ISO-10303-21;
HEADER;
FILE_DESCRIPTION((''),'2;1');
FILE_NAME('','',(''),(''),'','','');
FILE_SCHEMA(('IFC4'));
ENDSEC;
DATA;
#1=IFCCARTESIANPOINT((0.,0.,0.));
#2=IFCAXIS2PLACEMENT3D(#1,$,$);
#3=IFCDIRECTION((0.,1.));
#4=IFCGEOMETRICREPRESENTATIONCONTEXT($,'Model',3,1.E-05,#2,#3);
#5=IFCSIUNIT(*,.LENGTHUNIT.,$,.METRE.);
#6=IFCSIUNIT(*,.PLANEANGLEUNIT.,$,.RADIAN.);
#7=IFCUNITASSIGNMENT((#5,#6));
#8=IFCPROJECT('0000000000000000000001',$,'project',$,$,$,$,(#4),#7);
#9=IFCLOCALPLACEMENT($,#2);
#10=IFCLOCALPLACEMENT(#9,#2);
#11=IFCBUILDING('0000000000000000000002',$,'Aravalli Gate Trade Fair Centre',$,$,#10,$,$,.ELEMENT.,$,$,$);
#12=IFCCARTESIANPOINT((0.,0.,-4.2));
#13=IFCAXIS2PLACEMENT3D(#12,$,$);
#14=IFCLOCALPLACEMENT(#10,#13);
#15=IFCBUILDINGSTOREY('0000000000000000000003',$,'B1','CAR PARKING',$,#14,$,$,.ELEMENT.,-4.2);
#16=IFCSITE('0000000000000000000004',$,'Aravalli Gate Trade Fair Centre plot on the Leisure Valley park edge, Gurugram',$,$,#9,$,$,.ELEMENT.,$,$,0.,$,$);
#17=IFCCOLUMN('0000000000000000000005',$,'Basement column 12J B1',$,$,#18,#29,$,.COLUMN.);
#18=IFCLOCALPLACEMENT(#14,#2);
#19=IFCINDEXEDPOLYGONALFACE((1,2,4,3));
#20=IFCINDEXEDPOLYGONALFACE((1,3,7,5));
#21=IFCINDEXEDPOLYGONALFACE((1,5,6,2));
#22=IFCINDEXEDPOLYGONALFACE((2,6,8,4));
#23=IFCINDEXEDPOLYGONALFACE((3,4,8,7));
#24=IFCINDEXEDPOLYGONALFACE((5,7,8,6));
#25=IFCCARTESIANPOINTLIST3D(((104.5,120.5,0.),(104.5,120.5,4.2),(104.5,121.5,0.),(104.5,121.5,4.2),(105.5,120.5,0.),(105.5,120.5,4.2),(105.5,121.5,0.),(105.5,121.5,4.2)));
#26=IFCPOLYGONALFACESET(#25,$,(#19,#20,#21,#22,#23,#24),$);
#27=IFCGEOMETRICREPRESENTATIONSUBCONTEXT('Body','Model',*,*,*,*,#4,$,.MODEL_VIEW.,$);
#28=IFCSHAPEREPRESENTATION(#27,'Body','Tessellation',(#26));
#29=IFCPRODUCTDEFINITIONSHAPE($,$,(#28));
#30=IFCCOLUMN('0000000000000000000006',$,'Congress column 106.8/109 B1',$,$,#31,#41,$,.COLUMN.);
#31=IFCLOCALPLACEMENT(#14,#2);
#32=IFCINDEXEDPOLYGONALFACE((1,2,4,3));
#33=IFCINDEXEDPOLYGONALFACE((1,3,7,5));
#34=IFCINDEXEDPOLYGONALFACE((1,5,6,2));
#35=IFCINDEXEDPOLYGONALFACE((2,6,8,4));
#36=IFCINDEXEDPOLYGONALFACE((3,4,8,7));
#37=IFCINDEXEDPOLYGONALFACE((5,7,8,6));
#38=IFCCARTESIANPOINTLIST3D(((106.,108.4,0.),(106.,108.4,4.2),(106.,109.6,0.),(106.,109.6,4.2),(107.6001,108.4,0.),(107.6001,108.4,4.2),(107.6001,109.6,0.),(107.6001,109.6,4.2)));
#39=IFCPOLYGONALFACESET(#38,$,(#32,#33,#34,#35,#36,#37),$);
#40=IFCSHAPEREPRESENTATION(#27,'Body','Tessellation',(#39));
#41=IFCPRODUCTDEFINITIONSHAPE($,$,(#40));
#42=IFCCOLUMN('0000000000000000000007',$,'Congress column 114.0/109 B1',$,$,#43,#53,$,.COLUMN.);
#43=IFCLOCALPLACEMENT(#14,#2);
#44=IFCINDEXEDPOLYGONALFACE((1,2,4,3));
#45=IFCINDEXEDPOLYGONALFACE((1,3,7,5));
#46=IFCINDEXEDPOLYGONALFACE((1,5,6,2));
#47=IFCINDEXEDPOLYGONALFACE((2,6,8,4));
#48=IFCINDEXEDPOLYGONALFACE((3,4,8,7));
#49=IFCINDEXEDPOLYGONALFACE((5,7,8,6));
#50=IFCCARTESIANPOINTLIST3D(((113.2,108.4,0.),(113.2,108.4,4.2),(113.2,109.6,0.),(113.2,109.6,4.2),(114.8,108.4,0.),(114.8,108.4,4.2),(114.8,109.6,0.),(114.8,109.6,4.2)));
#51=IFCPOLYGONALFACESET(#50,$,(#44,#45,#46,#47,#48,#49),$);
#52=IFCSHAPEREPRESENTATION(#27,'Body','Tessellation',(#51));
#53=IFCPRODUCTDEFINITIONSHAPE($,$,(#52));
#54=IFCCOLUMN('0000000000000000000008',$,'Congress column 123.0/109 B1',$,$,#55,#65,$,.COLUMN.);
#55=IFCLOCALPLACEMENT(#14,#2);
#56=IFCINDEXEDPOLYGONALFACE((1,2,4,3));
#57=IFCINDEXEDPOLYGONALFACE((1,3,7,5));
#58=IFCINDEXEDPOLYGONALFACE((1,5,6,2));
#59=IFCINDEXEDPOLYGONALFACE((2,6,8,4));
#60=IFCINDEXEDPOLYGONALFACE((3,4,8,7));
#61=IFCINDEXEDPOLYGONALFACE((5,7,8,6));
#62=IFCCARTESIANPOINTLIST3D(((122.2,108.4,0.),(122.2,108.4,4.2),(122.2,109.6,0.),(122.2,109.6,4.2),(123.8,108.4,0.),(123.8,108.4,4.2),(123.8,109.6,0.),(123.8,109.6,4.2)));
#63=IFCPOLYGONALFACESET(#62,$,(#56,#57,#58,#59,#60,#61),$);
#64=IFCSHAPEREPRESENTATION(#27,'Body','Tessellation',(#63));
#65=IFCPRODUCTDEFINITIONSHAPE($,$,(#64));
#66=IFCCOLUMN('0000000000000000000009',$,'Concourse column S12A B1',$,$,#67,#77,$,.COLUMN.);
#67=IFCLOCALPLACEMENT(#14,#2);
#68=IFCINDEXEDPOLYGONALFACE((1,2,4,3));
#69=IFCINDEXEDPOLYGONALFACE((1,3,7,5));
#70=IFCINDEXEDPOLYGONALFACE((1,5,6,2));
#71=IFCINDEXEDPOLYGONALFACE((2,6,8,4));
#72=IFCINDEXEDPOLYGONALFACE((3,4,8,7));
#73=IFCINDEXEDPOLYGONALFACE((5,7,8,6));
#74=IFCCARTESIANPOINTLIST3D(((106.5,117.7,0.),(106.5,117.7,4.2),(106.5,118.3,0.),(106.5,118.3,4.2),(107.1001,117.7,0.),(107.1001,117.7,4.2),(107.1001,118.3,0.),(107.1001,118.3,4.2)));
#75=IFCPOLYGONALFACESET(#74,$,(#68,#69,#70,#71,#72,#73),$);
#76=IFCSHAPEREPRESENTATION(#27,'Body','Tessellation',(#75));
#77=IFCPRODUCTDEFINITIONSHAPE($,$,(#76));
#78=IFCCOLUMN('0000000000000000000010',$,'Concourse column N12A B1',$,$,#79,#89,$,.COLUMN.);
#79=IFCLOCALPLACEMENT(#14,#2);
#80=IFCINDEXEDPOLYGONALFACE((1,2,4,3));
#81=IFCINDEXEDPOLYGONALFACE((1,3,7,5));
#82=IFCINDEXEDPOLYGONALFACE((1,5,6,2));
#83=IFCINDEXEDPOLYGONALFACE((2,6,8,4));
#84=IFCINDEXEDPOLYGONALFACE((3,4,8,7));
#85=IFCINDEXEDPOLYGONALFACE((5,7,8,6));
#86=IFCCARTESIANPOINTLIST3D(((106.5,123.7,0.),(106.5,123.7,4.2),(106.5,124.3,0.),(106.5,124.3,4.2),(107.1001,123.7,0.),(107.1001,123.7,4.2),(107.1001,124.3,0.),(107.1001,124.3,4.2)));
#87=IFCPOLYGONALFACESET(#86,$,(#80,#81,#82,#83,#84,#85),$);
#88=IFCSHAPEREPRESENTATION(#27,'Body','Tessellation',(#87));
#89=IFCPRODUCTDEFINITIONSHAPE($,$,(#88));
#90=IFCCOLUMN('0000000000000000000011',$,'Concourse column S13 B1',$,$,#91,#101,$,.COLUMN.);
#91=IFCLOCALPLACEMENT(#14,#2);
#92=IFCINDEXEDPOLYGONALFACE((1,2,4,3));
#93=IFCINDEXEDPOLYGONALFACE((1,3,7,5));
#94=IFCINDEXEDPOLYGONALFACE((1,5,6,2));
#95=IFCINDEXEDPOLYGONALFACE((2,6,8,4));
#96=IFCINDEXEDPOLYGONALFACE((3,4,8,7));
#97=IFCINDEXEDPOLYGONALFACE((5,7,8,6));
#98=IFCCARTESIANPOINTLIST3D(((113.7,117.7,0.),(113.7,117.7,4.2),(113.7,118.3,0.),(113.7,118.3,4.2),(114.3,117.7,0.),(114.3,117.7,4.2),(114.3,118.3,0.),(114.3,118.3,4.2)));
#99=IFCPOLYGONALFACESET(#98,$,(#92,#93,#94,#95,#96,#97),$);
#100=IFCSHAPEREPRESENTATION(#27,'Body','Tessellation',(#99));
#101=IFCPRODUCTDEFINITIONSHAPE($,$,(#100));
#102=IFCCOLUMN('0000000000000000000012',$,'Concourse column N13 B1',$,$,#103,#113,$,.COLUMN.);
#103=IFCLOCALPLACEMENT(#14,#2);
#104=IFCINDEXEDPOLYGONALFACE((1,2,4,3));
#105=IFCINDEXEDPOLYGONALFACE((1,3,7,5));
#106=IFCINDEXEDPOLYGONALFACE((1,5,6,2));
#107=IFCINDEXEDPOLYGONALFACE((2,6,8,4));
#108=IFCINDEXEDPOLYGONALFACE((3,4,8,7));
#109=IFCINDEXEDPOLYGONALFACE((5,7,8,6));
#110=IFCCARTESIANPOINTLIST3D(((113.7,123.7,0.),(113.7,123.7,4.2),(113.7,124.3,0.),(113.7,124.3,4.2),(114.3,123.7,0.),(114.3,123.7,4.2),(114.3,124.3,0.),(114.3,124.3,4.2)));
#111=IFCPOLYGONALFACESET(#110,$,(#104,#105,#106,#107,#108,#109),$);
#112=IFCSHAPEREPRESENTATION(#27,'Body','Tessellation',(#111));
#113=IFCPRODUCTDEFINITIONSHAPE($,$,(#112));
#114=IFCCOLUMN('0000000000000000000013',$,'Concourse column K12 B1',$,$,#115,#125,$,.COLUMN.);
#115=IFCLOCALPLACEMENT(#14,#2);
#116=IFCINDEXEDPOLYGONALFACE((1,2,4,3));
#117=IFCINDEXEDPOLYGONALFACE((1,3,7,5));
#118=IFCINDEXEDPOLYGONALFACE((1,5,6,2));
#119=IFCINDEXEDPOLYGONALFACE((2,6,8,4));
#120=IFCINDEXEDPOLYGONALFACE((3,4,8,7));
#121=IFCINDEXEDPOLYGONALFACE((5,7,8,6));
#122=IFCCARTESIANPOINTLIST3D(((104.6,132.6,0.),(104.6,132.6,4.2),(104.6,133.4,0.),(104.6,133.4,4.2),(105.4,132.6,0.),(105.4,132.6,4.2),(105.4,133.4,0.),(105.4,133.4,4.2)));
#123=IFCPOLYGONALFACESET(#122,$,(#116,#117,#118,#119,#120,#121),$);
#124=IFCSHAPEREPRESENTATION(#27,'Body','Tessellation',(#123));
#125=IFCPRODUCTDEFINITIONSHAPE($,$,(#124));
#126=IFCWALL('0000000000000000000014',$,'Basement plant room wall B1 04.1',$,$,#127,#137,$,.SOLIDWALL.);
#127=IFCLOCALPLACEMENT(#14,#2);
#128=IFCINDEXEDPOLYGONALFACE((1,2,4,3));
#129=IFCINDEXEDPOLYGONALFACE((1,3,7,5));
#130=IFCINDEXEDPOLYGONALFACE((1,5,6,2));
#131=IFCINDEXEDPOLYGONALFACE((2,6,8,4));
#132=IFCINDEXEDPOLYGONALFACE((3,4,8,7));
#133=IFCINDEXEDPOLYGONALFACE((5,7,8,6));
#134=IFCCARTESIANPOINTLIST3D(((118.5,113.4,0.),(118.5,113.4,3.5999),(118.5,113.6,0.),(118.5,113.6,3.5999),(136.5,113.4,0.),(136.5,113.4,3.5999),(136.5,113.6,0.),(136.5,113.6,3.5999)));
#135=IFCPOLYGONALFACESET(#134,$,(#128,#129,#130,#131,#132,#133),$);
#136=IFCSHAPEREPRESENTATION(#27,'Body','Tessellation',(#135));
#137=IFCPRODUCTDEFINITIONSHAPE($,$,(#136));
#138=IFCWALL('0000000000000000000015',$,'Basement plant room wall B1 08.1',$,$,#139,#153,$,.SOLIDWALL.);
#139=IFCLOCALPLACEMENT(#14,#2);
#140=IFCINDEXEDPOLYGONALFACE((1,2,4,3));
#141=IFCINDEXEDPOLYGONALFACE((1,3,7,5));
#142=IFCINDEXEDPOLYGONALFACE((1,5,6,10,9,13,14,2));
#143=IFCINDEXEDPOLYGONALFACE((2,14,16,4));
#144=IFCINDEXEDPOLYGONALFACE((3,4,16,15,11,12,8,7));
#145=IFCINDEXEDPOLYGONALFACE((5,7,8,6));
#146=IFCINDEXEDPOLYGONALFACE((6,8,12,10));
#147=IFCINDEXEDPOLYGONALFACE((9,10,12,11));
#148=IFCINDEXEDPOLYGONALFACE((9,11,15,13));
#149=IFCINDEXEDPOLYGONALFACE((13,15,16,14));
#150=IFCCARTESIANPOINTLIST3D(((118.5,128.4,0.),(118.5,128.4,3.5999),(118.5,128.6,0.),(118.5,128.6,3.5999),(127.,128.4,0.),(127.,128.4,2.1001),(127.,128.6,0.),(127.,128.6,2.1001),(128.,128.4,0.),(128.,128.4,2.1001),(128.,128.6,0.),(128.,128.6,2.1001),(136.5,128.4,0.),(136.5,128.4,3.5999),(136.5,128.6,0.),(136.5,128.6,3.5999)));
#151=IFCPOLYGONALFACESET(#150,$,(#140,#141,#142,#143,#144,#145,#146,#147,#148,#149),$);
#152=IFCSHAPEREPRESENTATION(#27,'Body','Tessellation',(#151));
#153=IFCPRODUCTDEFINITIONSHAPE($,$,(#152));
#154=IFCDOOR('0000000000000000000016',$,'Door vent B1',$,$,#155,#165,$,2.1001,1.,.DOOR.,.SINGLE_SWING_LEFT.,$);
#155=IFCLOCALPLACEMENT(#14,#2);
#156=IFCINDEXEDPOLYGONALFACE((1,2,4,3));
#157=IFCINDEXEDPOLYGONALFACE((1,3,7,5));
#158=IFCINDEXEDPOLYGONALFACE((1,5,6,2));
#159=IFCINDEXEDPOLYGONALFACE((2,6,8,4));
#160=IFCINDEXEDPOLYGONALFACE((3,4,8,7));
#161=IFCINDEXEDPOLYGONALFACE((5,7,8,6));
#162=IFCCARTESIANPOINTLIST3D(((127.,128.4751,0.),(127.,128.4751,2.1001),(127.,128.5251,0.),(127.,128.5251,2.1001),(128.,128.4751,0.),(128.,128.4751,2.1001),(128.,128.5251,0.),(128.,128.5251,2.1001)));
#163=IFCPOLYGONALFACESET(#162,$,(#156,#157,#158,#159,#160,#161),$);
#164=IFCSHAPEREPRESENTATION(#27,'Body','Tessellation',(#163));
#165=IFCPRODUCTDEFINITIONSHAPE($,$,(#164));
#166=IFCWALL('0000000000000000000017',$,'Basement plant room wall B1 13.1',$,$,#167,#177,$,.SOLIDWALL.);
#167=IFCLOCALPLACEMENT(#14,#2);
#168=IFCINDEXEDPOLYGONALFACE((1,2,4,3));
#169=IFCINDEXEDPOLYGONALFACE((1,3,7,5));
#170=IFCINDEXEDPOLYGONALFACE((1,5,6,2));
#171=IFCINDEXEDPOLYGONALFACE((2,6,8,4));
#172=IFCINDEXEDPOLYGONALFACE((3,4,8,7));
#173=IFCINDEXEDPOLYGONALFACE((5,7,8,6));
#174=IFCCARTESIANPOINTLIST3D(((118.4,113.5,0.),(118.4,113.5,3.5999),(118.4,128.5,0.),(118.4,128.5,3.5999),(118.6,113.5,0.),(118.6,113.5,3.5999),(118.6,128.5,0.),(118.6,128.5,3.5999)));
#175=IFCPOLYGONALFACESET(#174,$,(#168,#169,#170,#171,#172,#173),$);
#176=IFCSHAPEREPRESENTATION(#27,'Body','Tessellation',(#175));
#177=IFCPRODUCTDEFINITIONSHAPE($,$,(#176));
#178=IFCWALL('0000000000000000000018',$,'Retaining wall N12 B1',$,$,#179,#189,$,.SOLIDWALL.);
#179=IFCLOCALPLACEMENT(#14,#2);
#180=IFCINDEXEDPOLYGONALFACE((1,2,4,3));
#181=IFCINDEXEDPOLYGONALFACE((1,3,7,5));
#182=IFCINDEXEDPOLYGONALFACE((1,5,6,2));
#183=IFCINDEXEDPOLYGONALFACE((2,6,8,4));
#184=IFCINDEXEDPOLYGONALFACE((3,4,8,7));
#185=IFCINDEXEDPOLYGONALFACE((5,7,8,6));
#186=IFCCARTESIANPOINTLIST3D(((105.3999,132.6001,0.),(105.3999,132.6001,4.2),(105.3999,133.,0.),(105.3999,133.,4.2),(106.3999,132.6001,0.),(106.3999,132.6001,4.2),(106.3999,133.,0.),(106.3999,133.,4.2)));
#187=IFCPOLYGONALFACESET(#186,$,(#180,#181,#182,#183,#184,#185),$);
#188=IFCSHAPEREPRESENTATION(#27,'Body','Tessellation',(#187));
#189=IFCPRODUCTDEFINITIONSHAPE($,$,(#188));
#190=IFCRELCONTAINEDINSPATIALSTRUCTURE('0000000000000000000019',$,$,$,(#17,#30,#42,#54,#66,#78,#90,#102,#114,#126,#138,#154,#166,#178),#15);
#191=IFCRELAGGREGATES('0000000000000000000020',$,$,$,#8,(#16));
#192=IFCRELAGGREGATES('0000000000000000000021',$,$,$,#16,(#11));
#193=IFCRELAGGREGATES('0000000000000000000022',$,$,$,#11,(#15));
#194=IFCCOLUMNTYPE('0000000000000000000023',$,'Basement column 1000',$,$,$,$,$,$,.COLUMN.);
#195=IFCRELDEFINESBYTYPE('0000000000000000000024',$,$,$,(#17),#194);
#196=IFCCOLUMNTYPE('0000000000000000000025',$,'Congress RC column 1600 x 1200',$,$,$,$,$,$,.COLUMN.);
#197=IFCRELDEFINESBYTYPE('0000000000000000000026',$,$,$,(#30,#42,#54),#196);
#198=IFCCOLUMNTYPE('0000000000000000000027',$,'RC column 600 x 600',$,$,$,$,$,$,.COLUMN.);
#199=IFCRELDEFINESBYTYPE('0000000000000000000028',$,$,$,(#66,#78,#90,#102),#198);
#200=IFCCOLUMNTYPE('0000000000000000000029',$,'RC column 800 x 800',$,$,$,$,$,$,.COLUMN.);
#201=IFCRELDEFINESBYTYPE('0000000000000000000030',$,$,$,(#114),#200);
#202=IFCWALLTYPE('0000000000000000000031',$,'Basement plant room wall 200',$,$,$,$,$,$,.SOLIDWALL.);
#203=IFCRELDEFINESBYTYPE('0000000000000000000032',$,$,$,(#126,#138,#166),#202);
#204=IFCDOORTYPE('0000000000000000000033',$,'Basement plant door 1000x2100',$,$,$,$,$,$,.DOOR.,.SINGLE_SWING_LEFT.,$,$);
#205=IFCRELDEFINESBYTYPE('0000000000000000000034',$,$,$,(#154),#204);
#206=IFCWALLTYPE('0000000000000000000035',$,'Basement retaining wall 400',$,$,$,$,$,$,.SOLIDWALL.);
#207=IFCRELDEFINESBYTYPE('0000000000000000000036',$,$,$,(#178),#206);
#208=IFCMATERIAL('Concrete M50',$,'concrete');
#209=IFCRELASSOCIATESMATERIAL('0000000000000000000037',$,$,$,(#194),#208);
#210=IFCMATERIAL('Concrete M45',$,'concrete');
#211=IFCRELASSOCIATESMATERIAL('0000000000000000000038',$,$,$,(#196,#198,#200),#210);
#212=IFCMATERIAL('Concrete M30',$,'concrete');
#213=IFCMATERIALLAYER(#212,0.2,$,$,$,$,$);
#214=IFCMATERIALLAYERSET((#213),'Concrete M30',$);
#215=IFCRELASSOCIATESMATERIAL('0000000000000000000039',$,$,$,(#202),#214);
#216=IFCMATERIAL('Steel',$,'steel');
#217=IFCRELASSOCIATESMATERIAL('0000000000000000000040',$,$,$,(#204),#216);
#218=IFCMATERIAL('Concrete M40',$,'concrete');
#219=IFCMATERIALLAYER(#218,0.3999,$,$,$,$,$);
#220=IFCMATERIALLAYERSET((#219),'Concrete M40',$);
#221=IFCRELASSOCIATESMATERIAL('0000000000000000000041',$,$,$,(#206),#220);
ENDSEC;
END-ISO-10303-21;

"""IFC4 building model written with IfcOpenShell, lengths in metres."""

from ifc_helpers import new_model, si_unit, direction, frame, frame_2d, origin, origin_2d, place, context, subcontext, project, spatial, rectangle, extrude, material, layer, layer_set, material_profile, profile_set, type_object, element, fill, save


model = new_model("IFC4")

# Units and contexts
model_context = context("Model", 3, precision=1e-05, world=origin(), true_north=direction((0.0, 1.0)))
body_context = subcontext(model_context, "Body", "Model", "MODEL_VIEW")
ifc_project = project(units=[si_unit("LENGTHUNIT", "METRE"), si_unit("PLANEANGLEUNIT", "RADIAN")], contexts=[model_context])

# Site, building, storey
site_placement = place(None, origin())
site = spatial("IfcSite", under=ifc_project, at=site_placement, Name="Aravalli Gate Trade Fair Centre plot on the Leisure Valley park edge, Gurugram", CompositionType="ELEMENT", RefElevation=0.0)
building_placement = place(site_placement, origin())
building = spatial("IfcBuilding", under=site, at=building_placement, Name="Aravalli Gate Trade Fair Centre", CompositionType="ELEMENT")
storey_placement = place(building_placement, frame((0.0, 0.0, -4.2)))
storey = spatial("IfcBuildingStorey", under=building, at=storey_placement, Name="B1", Description="CAR PARKING", CompositionType="ELEMENT", Elevation=-4.2)

# Columns
ifc_material_1 = material(Name="Concrete M50", Category="concrete")
ifc_material_profile_1 = material_profile(ifc_material_1, rectangle(XDim=1.0, YDim=1.0, at=origin_2d()), Name="RC 1000 x 1000")
ifc_profile_set_1 = profile_set([ifc_material_profile_1], Name="Concrete M50")
column_type_1 = type_object("IfcColumnType", Name="Basement column 1000", PredefinedType="COLUMN", material=ifc_profile_set_1)
column_1_placement = place(storey_placement, frame((105.0, 121.0, 0.0), z_axis=(0.0, 0.0, 1.0), x_axis=(1.0, 0.0, 0.0)))
element("IfcColumn", 1, at=column_1_placement, inside=storey, type_object=column_type_1, Name="Basement column 12J B1", PredefinedType="COLUMN", context=body_context, shape_type="SweptSolid", body=[
    extrude(rectangle(XDim=1.0, YDim=1.0, at=origin_2d()), origin(), (0.0, 0.0, 1.0), 4.2),
])
ifc_material_2 = material(Name="Concrete M45", Category="concrete")
ifc_material_profile_2 = material_profile(ifc_material_2, rectangle(XDim=1.6001, YDim=1.2, at=origin_2d()), Name="RC 1600x1200")
ifc_profile_set_2 = profile_set([ifc_material_profile_2], Name="Concrete M45")
column_type_2 = type_object("IfcColumnType", Name="Congress RC column 1600 x 1200", PredefinedType="COLUMN", material=ifc_profile_set_2)
for number, where, z_axis, x_axis, name in (
    (2, (106.8, 109.0, 0.0), (0.0, 0.0, 1.0), (1.0, 0.0, 0.0), "Congress column 106.8/109 B1"),
    (3, (114.0, 109.0, 0.0), (0.0, 0.0, 1.0), (1.0, 0.0, 0.0), "Congress column 114.0/109 B1"),
    (4, (123.0, 109.0, 0.0), (0.0, 0.0, 1.0), (1.0, 0.0, 0.0), "Congress column 123.0/109 B1"),
):
    element("IfcColumn", number, at=place(storey_placement, frame(where, z_axis=z_axis, x_axis=x_axis)), inside=storey, type_object=column_type_2, Name=name, PredefinedType="COLUMN", context=body_context, shape_type="SweptSolid", body=[
        extrude(rectangle(XDim=1.6001, YDim=1.2, at=origin_2d()), origin(), (0.0, 0.0, 1.0), 4.2),
    ])
ifc_material_profile_3 = material_profile(ifc_material_2, rectangle(XDim=0.6001, YDim=0.6001, at=origin_2d()), Name="RC column 600 x 600")
ifc_profile_set_3 = profile_set([ifc_material_profile_3], Name="Concrete M45")
column_type_3 = type_object("IfcColumnType", Name="RC column 600 x 600", PredefinedType="COLUMN", material=ifc_profile_set_3)
for number, where, z_axis, x_axis, name in (
    (5, (106.8, 118.0, 0.0), (0.0, 0.0, 1.0), (1.0, 0.0, 0.0), "Concourse column S12A B1"),
    (6, (106.8, 124.0, 0.0), (0.0, 0.0, 1.0), (1.0, 0.0, 0.0), "Concourse column N12A B1"),
    (7, (114.0, 118.0, 0.0), (0.0, 0.0, 1.0), (1.0, 0.0, 0.0), "Concourse column S13 B1"),
    (8, (114.0, 124.0, 0.0), (0.0, 0.0, 1.0), (1.0, 0.0, 0.0), "Concourse column N13 B1"),
):
    element("IfcColumn", number, at=place(storey_placement, frame(where, z_axis=z_axis, x_axis=x_axis)), inside=storey, type_object=column_type_3, Name=name, PredefinedType="COLUMN", context=body_context, shape_type="SweptSolid", body=[
        extrude(rectangle(XDim=0.6001, YDim=0.6001, at=origin_2d()), origin(), (0.0, 0.0, 1.0), 4.2),
    ])
ifc_material_profile_4 = material_profile(ifc_material_2, rectangle(XDim=0.8, YDim=0.8, at=origin_2d()), Name="RC column 800 x 800")
ifc_profile_set_4 = profile_set([ifc_material_profile_4], Name="Concrete M45")
column_type_4 = type_object("IfcColumnType", Name="RC column 800 x 800", PredefinedType="COLUMN", material=ifc_profile_set_4)
column_2_placement = place(storey_placement, frame((105.0, 133.0, 0.0), z_axis=(0.0, 0.0, 1.0), x_axis=(1.0, 0.0, 0.0)))
element("IfcColumn", 9, at=column_2_placement, inside=storey, type_object=column_type_4, Name="Concourse column K12 B1", PredefinedType="COLUMN", context=body_context, shape_type="SweptSolid", body=[
    extrude(rectangle(XDim=0.8, YDim=0.8, at=origin_2d()), origin(), (0.0, 0.0, 1.0), 4.2),
])

# Wall
ifc_material_3 = material(Name="Concrete M30", Category="concrete")
ifc_layer_1 = layer(ifc_material_3, 0.2)
ifc_layer_set_1 = layer_set([ifc_layer_1], Name="Concrete M30")
wall_type_1 = type_object("IfcWallType", Name="Basement plant room wall 200", PredefinedType="SOLIDWALL", material=ifc_layer_set_1)
wall_1_placement = place(storey_placement, frame((118.5, 113.5, 0.0), z_axis=(0.0, 0.0, 1.0), x_axis=(1.0, 0.0, 0.0)))
element("IfcWall", 10, at=wall_1_placement, inside=storey, type_object=wall_type_1, Name="Basement plant room wall B1 04.1", PredefinedType="SOLIDWALL", context=body_context, shape_type="SweptSolid", body=[
    extrude(rectangle(XDim=18.0, YDim=0.2, at=frame_2d((9.0, 0.0))), origin(), (0.0, 0.0, 1.0), 3.5999),
])

# Wall, opening, door
wall_2_placement = place(storey_placement, frame((118.5, 128.5, 0.0), z_axis=(0.0, 0.0, 1.0), x_axis=(1.0, 0.0, 0.0)))
wall_2 = element("IfcWall", 11, at=wall_2_placement, inside=storey, type_object=wall_type_1, Name="Basement plant room wall B1 08.1", PredefinedType="SOLIDWALL", context=body_context, shape_type="SweptSolid", body=[
    extrude(rectangle(XDim=18.0, YDim=0.2, at=frame_2d((9.0, 0.0))), origin(), (0.0, 0.0, 1.0), 3.5999),
])
opening_1_placement = place(wall_2_placement, frame((8.5, 0.0, 0.0)))
opening_1 = element("IfcOpeningElement", 12, at=opening_1_placement, cuts=wall_2, PredefinedType="OPENING", context=body_context, shape_type="SweptSolid", body=[
    extrude(rectangle(XDim=1.0, YDim=2.1001, at=frame_2d((0.5, 1.05))), frame((0.0, 0.1099, 0.0), z_axis=(0.0, -1.0, 0.0), x_axis=(1.0, 0.0, 0.0)), (0.0, 0.0, 1.0), 0.22),
])
ifc_material_4 = material(Name="Steel", Category="steel")
door_type_1 = type_object("IfcDoorType", Name="Basement plant door 1000x2100", OperationType="SINGLE_SWING_LEFT", PredefinedType="DOOR", material=ifc_material_4)
door_1_placement = place(opening_1_placement, frame((1.0, 0.0, 0.0), z_axis=(0.0, 0.0, 1.0), x_axis=(-1.0, 0.0, 0.0)))
door_1 = element("IfcDoor", 13, at=door_1_placement, inside=storey, type_object=door_type_1, Name="Door vent B1", OperationType="SINGLE_SWING_LEFT", OverallHeight=2.1001, OverallWidth=1.0, PredefinedType="DOOR", context=body_context, shape_type="SweptSolid", body=[
    extrude(rectangle(XDim=1.0, YDim=2.1001, at=frame_2d((0.5, 1.05))), frame((0.0, 0.0249, 0.0), z_axis=(0.0, -1.0, 0.0), x_axis=(1.0, 0.0, 0.0)), (0.0, 0.0, 1.0), 0.05),
])
fill(opening_1, door_1)

# Walls
wall_3_placement = place(storey_placement, frame((118.5, 113.5, 0.0), z_axis=(0.0, 0.0, 1.0), x_axis=(0.0, 1.0, 0.0)))
element("IfcWall", 14, at=wall_3_placement, inside=storey, type_object=wall_type_1, Name="Basement plant room wall B1 13.1", PredefinedType="SOLIDWALL", context=body_context, shape_type="SweptSolid", body=[
    extrude(rectangle(XDim=15.0, YDim=0.2, at=frame_2d((7.5, 0.0))), origin(), (0.0, 0.0, 1.0), 3.5999),
])
ifc_material_5 = material(Name="Concrete M40", Category="concrete")
ifc_layer_2 = layer(ifc_material_5, 0.3999)
ifc_layer_set_2 = layer_set([ifc_layer_2], Name="Concrete M40")
wall_type_2 = type_object("IfcWallType", Name="Basement retaining wall 400", PredefinedType="SOLIDWALL", material=ifc_layer_set_2)
wall_4_placement = place(storey_placement, frame((105.3999, 132.8, 0.0), z_axis=(0.0, 0.0, 1.0), x_axis=(1.0, 0.0, 0.0)))
element("IfcWall", 15, at=wall_4_placement, inside=storey, type_object=wall_type_2, Name="Retaining wall N12 B1", PredefinedType="SOLIDWALL", context=body_context, shape_type="SweptSolid", body=[
    extrude(rectangle(XDim=1.0, YDim=0.3999, at=frame_2d((0.5, 0.0))), origin(), (0.0, 0.0, 1.0), 4.2),
])

save(model, "model.ifc")
